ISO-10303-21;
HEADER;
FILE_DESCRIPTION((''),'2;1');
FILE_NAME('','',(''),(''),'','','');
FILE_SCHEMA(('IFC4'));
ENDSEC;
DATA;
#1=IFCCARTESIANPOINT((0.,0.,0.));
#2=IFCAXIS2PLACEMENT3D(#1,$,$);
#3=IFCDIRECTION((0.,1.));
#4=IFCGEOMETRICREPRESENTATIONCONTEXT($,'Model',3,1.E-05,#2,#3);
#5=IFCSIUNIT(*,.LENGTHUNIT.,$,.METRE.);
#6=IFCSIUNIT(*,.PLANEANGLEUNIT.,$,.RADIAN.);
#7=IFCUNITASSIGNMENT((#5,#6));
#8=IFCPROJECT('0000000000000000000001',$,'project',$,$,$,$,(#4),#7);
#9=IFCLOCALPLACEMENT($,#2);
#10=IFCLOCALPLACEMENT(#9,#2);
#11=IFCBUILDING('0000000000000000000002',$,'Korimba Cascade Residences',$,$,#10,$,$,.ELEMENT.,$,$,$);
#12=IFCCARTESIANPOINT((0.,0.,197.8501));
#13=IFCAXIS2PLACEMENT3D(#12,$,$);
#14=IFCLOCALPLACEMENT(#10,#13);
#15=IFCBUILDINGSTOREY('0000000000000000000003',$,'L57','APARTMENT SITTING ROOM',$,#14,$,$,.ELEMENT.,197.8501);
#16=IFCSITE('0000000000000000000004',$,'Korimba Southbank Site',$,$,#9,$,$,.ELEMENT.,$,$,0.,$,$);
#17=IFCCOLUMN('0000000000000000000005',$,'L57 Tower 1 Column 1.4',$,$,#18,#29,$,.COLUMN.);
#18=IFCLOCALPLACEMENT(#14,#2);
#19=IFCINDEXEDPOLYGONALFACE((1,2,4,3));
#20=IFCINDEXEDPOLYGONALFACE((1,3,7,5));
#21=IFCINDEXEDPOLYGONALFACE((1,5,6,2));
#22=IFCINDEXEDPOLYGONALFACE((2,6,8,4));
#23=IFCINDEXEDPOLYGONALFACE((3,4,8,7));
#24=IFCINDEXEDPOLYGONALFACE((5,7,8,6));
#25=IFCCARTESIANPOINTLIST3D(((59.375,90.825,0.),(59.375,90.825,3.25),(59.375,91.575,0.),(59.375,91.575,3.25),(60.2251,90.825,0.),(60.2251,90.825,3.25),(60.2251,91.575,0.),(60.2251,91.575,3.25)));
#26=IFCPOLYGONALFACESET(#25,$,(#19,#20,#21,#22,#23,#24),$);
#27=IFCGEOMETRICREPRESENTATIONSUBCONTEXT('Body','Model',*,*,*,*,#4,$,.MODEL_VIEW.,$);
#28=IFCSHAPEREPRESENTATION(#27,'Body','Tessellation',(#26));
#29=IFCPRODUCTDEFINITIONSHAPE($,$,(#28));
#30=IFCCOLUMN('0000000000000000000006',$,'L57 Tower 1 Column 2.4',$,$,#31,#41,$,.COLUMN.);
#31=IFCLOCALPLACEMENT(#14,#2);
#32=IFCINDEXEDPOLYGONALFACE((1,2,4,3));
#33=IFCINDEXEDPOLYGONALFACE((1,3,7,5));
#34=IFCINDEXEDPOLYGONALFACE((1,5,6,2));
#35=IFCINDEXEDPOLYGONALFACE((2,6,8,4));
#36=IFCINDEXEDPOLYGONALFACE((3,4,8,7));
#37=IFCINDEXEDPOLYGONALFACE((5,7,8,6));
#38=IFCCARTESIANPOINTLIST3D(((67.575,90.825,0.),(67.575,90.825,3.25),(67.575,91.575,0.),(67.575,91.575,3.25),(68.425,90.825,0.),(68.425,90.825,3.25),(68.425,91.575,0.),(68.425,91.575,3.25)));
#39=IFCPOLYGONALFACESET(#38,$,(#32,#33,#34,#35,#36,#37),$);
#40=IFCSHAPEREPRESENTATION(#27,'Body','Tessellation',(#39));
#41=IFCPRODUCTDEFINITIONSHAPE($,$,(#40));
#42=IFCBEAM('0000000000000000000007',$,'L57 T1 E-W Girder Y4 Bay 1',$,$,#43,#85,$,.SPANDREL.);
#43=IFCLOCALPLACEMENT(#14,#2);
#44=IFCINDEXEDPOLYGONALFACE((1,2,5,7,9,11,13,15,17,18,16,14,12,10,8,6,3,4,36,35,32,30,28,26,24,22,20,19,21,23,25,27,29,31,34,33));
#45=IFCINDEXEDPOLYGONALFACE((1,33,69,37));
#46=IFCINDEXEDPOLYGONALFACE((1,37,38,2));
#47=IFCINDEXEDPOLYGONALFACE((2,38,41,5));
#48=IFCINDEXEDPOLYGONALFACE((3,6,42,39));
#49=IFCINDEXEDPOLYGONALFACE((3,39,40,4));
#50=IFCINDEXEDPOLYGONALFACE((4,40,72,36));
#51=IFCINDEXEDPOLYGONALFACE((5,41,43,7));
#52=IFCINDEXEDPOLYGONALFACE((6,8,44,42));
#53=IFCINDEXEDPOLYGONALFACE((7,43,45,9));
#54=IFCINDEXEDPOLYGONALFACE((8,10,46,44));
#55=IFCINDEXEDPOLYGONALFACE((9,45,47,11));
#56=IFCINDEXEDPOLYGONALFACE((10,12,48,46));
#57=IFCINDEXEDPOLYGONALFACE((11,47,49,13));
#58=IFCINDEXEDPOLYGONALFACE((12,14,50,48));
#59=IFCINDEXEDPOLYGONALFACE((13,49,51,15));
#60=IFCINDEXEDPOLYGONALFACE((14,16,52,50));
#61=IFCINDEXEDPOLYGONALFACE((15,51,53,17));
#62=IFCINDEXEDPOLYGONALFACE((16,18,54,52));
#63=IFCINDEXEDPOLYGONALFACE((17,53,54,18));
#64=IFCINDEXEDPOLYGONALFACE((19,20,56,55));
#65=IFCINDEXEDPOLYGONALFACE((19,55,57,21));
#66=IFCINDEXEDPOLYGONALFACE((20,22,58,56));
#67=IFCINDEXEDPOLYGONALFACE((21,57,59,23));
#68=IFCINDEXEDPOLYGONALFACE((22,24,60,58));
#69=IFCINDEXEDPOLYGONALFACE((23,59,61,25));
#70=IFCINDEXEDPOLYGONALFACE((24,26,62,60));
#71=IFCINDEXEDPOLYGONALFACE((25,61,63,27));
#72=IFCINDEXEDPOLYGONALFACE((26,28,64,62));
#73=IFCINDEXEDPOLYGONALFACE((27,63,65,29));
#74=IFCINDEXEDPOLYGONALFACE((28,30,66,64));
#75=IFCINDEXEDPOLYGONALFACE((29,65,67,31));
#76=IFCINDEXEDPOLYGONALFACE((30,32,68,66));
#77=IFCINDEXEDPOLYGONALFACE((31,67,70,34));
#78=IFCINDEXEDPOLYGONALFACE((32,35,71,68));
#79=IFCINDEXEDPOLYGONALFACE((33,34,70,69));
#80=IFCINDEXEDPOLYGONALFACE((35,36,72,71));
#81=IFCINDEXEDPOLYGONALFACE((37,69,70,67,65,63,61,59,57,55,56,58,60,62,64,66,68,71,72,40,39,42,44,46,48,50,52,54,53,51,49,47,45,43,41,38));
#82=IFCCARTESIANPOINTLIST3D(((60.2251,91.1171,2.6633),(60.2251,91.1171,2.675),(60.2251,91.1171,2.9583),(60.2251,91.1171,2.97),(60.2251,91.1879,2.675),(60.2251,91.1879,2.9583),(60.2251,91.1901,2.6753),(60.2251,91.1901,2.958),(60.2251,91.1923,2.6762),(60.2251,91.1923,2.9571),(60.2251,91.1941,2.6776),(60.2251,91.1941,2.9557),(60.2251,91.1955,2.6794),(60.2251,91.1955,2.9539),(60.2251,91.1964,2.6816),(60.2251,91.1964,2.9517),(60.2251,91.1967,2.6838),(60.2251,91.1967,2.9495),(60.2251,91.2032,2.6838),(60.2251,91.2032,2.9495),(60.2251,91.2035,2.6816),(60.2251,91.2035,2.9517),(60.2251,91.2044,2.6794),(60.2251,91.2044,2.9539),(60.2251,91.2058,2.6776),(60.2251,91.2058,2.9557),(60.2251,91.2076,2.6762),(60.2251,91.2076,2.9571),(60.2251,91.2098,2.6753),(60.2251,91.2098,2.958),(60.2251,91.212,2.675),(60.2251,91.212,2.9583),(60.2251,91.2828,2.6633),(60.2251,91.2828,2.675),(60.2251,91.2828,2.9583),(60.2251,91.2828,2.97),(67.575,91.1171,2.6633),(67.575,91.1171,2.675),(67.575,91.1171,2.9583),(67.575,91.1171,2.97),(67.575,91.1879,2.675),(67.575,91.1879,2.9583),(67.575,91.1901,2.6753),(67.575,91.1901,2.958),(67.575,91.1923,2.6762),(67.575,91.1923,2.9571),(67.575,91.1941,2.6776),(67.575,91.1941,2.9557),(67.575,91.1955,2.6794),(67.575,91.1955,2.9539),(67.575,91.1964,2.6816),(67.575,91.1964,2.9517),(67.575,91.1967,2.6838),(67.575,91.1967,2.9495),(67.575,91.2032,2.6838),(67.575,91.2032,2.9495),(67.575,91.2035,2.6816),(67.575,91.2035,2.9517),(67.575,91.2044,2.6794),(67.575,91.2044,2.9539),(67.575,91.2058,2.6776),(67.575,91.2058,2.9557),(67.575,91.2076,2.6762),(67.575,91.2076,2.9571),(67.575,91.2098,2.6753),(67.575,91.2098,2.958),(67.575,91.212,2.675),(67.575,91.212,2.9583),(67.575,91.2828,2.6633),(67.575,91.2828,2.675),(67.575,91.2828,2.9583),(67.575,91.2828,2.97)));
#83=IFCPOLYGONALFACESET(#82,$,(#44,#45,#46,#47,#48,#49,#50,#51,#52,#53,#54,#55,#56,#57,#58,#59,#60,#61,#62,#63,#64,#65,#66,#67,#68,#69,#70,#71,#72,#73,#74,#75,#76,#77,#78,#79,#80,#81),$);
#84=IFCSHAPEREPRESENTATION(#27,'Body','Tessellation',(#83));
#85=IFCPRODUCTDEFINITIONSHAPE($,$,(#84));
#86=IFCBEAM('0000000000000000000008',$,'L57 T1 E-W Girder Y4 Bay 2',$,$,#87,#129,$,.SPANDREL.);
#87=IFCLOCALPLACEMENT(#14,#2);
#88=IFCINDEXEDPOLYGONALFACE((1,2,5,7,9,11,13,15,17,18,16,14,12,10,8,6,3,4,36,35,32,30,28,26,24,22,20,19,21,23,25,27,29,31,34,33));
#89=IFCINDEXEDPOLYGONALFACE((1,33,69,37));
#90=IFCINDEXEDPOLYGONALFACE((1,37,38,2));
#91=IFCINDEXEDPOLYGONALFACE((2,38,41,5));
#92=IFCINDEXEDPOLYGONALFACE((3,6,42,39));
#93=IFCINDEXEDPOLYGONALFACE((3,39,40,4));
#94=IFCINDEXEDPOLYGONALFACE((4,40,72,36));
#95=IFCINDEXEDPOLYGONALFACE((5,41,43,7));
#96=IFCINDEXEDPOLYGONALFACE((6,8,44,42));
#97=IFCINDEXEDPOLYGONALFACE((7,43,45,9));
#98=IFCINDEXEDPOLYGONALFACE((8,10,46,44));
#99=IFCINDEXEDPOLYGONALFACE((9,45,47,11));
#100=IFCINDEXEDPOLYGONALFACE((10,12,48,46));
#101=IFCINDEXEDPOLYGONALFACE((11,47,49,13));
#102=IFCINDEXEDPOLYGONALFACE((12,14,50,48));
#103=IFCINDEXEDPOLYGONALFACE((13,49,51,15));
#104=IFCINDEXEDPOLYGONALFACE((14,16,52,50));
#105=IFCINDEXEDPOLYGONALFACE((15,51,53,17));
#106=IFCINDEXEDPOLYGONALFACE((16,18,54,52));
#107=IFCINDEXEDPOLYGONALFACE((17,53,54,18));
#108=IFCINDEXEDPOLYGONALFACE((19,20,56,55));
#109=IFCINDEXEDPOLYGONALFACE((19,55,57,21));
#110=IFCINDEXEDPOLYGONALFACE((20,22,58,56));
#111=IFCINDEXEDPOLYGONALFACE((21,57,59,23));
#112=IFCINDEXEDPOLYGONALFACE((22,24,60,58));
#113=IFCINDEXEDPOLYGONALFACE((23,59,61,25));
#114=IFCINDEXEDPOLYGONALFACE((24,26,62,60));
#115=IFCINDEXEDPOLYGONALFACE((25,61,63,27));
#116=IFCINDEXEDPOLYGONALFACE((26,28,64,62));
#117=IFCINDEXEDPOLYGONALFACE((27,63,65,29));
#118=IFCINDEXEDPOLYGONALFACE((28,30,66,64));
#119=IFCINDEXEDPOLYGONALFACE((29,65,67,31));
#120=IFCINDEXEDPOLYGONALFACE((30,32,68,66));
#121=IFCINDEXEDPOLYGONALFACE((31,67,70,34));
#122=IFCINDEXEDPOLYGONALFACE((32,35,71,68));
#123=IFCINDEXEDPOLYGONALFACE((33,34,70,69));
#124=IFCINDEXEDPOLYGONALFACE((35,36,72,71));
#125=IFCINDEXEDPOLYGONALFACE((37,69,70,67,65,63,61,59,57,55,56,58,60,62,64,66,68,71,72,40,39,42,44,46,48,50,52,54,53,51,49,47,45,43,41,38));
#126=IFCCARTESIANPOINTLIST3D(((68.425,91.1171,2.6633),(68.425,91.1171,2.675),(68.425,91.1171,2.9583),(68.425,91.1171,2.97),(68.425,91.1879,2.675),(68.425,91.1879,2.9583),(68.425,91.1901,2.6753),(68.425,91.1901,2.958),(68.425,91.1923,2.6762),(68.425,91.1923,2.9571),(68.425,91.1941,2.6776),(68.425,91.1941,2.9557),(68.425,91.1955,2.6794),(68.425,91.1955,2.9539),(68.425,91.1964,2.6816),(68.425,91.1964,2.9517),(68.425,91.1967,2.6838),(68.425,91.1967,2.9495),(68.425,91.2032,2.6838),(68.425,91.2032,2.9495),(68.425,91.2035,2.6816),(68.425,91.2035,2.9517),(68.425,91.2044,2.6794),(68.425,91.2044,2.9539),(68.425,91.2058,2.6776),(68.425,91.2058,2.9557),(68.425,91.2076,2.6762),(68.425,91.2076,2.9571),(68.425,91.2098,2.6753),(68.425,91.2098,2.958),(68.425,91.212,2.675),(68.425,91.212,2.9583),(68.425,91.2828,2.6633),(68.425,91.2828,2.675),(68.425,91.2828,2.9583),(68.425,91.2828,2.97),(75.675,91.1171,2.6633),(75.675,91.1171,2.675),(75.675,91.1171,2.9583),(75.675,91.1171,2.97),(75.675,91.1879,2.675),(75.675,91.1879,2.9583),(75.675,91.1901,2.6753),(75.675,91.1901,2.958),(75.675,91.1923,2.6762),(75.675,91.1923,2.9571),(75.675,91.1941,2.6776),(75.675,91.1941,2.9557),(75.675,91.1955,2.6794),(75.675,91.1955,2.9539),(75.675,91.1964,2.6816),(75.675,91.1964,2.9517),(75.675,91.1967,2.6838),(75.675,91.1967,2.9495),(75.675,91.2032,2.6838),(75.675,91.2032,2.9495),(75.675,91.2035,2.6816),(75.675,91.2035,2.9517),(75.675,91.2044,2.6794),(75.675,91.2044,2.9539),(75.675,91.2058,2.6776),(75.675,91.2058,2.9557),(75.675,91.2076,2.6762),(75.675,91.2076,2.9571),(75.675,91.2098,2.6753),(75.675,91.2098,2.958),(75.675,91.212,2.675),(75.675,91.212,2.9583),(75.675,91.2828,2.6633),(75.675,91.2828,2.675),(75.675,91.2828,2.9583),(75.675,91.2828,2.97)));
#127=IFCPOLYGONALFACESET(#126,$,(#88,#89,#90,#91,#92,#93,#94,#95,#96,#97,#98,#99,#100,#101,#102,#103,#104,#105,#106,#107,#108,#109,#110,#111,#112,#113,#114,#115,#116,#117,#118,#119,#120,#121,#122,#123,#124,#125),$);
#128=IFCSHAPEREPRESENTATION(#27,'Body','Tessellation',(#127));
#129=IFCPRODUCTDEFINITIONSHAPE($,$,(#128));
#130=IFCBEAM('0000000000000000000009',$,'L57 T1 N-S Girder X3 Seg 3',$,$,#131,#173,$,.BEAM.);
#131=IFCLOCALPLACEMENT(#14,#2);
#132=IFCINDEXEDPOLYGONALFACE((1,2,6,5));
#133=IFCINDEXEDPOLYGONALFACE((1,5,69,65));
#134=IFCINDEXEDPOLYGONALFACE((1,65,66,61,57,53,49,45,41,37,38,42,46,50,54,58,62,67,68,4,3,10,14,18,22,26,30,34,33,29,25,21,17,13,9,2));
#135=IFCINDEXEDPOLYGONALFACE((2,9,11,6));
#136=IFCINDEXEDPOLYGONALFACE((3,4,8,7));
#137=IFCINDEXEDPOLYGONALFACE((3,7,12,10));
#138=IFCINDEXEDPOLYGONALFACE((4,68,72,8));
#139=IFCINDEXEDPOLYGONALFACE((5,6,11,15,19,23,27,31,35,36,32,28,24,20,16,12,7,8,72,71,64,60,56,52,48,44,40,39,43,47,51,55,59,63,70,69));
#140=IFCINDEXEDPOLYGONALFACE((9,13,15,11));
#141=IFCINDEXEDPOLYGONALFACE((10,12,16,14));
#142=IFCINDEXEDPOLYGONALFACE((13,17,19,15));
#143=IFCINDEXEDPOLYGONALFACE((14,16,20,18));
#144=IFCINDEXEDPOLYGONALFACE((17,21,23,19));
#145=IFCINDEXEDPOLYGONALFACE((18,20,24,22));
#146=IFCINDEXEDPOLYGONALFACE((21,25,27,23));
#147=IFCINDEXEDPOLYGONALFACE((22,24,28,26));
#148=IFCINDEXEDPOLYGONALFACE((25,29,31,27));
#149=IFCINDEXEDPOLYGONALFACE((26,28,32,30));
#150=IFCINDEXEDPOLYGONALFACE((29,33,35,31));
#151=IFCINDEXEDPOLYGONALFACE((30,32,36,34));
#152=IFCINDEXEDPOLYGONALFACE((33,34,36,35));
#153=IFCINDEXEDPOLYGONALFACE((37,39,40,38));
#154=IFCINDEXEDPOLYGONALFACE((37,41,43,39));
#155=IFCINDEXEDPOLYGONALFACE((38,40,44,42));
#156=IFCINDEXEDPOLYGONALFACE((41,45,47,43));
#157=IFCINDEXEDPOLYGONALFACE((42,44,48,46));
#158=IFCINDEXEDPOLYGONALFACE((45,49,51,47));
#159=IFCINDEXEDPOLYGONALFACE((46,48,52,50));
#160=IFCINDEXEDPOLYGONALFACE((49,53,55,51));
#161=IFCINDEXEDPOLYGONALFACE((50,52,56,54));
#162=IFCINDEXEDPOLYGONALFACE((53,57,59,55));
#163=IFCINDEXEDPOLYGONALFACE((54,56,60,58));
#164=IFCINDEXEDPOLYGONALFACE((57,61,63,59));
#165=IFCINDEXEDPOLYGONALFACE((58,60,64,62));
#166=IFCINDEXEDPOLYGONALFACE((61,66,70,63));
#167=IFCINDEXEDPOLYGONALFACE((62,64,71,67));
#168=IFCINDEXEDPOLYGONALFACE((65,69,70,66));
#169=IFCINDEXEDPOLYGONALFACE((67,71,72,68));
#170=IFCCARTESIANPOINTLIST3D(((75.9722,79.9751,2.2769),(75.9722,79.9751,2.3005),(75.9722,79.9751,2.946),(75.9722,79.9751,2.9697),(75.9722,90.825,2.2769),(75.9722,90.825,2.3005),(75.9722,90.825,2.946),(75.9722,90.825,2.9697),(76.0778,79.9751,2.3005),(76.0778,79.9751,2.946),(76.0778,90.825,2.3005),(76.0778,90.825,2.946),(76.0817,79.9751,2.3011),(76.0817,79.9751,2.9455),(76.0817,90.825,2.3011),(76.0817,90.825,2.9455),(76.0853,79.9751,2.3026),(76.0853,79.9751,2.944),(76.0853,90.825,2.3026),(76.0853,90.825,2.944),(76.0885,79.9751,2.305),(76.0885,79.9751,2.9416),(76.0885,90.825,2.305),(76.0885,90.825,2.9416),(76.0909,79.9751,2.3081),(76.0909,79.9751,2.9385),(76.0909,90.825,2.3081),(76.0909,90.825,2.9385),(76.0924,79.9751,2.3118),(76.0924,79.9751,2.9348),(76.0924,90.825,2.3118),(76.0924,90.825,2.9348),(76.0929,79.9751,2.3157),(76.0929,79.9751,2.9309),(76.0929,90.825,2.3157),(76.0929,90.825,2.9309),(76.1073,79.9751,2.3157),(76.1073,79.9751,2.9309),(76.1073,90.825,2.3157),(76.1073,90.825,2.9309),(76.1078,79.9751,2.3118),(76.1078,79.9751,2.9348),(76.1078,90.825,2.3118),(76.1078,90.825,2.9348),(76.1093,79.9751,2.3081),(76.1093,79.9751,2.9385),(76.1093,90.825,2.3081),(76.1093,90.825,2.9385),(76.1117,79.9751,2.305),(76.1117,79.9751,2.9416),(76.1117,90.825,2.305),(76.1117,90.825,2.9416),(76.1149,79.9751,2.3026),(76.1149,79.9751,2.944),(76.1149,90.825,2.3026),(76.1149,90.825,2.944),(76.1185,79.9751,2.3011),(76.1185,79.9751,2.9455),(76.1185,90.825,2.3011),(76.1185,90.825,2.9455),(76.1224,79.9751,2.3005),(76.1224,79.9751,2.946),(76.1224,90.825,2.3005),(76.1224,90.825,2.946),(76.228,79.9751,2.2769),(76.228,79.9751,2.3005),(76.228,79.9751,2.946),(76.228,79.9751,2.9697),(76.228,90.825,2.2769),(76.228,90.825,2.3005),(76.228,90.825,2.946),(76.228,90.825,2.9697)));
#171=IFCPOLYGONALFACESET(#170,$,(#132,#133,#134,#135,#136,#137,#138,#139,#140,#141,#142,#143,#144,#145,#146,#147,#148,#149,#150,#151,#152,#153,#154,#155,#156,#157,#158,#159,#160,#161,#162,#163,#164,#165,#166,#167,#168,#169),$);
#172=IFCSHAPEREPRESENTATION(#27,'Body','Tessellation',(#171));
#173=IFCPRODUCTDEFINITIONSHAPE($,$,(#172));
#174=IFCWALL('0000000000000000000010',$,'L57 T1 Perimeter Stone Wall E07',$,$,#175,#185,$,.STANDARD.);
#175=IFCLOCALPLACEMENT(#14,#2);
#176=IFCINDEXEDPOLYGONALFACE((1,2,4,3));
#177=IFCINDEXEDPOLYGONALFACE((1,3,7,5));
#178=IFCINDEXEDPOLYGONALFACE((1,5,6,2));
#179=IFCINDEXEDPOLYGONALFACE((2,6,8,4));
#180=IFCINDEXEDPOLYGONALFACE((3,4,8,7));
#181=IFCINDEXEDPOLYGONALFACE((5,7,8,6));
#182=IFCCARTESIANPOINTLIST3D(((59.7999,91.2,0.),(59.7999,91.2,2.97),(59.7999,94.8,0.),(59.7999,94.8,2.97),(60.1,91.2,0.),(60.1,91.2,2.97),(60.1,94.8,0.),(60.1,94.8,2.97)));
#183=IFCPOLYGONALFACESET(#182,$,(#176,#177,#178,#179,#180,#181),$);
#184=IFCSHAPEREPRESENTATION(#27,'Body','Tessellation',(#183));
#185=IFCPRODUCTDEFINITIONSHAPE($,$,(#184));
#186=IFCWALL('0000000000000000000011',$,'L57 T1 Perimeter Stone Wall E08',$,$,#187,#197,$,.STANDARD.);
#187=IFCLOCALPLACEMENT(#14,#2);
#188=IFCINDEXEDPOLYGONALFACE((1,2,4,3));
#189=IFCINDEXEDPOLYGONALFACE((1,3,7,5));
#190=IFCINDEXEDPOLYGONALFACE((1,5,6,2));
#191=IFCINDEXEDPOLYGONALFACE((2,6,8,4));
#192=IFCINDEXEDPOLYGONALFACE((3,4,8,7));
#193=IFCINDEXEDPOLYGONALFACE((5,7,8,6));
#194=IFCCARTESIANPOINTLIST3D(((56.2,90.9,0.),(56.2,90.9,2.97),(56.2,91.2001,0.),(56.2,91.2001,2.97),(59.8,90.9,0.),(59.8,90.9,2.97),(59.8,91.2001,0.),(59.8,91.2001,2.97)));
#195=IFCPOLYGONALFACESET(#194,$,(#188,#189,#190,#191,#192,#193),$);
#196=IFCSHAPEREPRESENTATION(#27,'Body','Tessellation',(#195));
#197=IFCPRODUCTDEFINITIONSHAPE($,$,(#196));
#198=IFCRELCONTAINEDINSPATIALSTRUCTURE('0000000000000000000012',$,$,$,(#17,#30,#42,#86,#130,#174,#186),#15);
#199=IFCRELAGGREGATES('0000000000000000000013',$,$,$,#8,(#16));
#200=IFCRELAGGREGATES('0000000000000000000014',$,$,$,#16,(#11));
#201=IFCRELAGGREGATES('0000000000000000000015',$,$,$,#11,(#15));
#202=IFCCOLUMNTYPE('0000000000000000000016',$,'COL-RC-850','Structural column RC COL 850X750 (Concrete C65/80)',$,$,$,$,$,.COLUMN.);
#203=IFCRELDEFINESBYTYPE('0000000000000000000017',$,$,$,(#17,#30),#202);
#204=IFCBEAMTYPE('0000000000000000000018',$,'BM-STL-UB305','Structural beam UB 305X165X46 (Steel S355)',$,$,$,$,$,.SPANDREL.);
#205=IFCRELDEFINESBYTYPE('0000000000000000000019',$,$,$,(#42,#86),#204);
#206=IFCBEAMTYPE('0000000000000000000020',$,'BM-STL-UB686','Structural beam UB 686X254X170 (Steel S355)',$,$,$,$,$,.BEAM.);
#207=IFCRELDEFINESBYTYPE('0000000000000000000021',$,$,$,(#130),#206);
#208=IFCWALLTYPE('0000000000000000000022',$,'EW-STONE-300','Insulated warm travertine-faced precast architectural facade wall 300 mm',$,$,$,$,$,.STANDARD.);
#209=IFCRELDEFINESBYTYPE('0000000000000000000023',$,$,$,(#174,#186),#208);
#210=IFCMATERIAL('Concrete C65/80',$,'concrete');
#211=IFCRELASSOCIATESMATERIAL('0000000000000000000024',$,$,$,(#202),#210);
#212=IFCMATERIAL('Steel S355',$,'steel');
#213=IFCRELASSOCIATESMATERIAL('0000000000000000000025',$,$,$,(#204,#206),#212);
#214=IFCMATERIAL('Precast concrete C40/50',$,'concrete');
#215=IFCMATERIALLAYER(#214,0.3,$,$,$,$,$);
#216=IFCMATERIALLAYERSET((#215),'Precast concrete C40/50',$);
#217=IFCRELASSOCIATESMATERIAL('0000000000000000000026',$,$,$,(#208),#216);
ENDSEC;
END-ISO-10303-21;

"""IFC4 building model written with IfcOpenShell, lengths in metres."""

from ifc_helpers import new_model, si_unit, direction, frame, frame_2d, origin, origin_2d, place, context, subcontext, project, spatial, rectangle, i_section, extrude, material, layer, layer_set, material_profile, profile_set, type_object, element, save


model = new_model("IFC4")

# Units and contexts
model_context = context("Model", 3, precision=1e-05, world=origin(), true_north=direction((0.0, 1.0)))
body_context = subcontext(model_context, "Body", "Model", "MODEL_VIEW")
ifc_project = project(units=[si_unit("LENGTHUNIT", "METRE"), si_unit("PLANEANGLEUNIT", "RADIAN")], contexts=[model_context])

# Site, building, storey
site_placement = place(None, origin())
site = spatial("IfcSite", under=ifc_project, at=site_placement, Name="Korimba Southbank Site", CompositionType="ELEMENT", RefElevation=0.0)
building_placement = place(site_placement, origin())
building = spatial("IfcBuilding", under=site, at=building_placement, Name="Korimba Cascade Residences", CompositionType="ELEMENT")
storey_placement = place(building_placement, frame((0.0, 0.0, 197.8501)))
storey = spatial("IfcBuildingStorey", under=building, at=storey_placement, Name="L57", Description="APARTMENT SITTING ROOM", CompositionType="ELEMENT", Elevation=197.8501)

# Columns
ifc_material_1 = material(Name="Concrete C65/80", Category="concrete")
ifc_material_profile_1 = material_profile(ifc_material_1, rectangle(XDim=0.8501, YDim=0.75, at=origin_2d()), Name="Concrete C65/80")
ifc_profile_set_1 = profile_set([ifc_material_profile_1], Name="Concrete C65/80")
column_type = type_object("IfcColumnType", Name="COL-RC-850", Description="Structural column RC COL 850X750 (Concrete C65/80)", PredefinedType="COLUMN", material=ifc_profile_set_1)
for number, where, z_axis, x_axis, name in (
    (1, (59.8, 91.2, 0.0), (0.0, 0.0, 1.0), (1.0, 0.0, 0.0), "L57 Tower 1 Column 1.4"),
    (2, (68.0, 91.2, 0.0), (0.0, 0.0, 1.0), (1.0, 0.0, 0.0), "L57 Tower 1 Column 2.4"),
):
    element("IfcColumn", number, at=place(storey_placement, frame(where, z_axis=z_axis, x_axis=x_axis)), inside=storey, type_object=column_type, Name=name, PredefinedType="COLUMN", context=body_context, shape_type="SweptSolid", body=[
        extrude(rectangle(XDim=0.8501, YDim=0.75, at=origin_2d()), origin(), (0.0, 0.0, 1.0), 3.25),
    ])

# Beams
ifc_material_2 = material(Name="Steel S355", Category="steel")
ifc_material_profile_2 = material_profile(ifc_material_2, i_section(OverallWidth=0.1658, OverallDepth=0.3066, WebThickness=0.0066, FlangeThickness=0.0117, FilletRadius=0.0088, at=origin_2d()), Name="Steel S355")
ifc_profile_set_2 = profile_set([ifc_material_profile_2], Name="Steel S355")
beam_type_1 = type_object("IfcBeamType", Name="BM-STL-UB305", Description="Structural beam UB 305X165X46 (Steel S355)", PredefinedType="SPANDREL", material=ifc_profile_set_2)
beam_1_placement = place(storey_placement, frame((60.2251, 91.2, 2.8167), z_axis=(1.0, 0.0, 0.0), x_axis=(0.0, 1.0, 0.0)))
element("IfcBeam", 3, at=beam_1_placement, inside=storey, type_object=beam_type_1, Name="L57 T1 E-W Girder Y4 Bay 1", PredefinedType="SPANDREL", context=body_context, shape_type="SweptSolid", body=[
    extrude(i_section(OverallWidth=0.1658, OverallDepth=0.3066, WebThickness=0.0066, FlangeThickness=0.0117, FilletRadius=0.0088, at=origin_2d()), origin(), (0.0, 0.0, 1.0), 7.3499),
])
beam_2_placement = place(storey_placement, frame((68.425, 91.2, 2.8167), z_axis=(1.0, 0.0, 0.0), x_axis=(0.0, 1.0, 0.0)))
element("IfcBeam", 4, at=beam_2_placement, inside=storey, type_object=beam_type_1, Name="L57 T1 E-W Girder Y4 Bay 2", PredefinedType="SPANDREL", context=body_context, shape_type="SweptSolid", body=[
    extrude(i_section(OverallWidth=0.1658, OverallDepth=0.3066, WebThickness=0.0066, FlangeThickness=0.0117, FilletRadius=0.0088, at=origin_2d()), origin(), (0.0, 0.0, 1.0), 7.25),
])
ifc_material_profile_3 = material_profile(ifc_material_2, i_section(OverallWidth=0.2559, OverallDepth=0.6929, WebThickness=0.0144, FlangeThickness=0.0237, FilletRadius=0.0151, at=origin_2d()), Name="Steel S355")
ifc_profile_set_3 = profile_set([ifc_material_profile_3], Name="Steel S355")
beam_type_2 = type_object("IfcBeamType", Name="BM-STL-UB686", Description="Structural beam UB 686X254X170 (Steel S355)", PredefinedType="BEAM", material=ifc_profile_set_3)
beam_3_placement = place(storey_placement, frame((76.1001, 79.9751, 2.6233), z_axis=(0.0, 1.0, 0.0), x_axis=(-1.0, 0.0, 0.0)))
element("IfcBeam", 5, at=beam_3_placement, inside=storey, type_object=beam_type_2, Name="L57 T1 N-S Girder X3 Seg 3", PredefinedType="BEAM", context=body_context, shape_type="SweptSolid", body=[
    extrude(i_section(OverallWidth=0.2559, OverallDepth=0.6929, WebThickness=0.0144, FlangeThickness=0.0237, FilletRadius=0.0151, at=origin_2d()), origin(), (0.0, 0.0, 1.0), 10.8499),
])

# Walls
ifc_material_3 = material(Name="Precast concrete C40/50", Category="concrete")
ifc_layer_1 = layer(ifc_material_3, 0.3)
ifc_layer_set_1 = layer_set([ifc_layer_1], Name="Precast concrete C40/50")
wall_type_1 = type_object("IfcWallType", Name="EW-STONE-300", Description="Insulated warm travertine-faced precast architectural facade wall 300 mm", PredefinedType="STANDARD", material=ifc_layer_set_1)
for number, where, z_axis, x_axis, name in (
    (6, (59.95, 94.8, 0.0), (0.0, 0.0, 1.0), (0.0, -1.0, 0.0), "L57 T1 Perimeter Stone Wall E07"),
    (7, (59.8, 91.05, 0.0), (0.0, 0.0, 1.0), (-1.0, 0.0, 0.0), "L57 T1 Perimeter Stone Wall E08"),
):
    element("IfcWall", number, at=place(storey_placement, frame(where, z_axis=z_axis, x_axis=x_axis)), inside=storey, type_object=wall_type_1, Name=name, PredefinedType="STANDARD", context=body_context, shape_type="SweptSolid", body=[
        extrude(rectangle(XDim=3.6001, YDim=0.3, at=frame_2d((1.8, 0.0))), origin(), (0.0, 0.0, 1.0), 2.97),
    ])

save(model, "model.ifc")
